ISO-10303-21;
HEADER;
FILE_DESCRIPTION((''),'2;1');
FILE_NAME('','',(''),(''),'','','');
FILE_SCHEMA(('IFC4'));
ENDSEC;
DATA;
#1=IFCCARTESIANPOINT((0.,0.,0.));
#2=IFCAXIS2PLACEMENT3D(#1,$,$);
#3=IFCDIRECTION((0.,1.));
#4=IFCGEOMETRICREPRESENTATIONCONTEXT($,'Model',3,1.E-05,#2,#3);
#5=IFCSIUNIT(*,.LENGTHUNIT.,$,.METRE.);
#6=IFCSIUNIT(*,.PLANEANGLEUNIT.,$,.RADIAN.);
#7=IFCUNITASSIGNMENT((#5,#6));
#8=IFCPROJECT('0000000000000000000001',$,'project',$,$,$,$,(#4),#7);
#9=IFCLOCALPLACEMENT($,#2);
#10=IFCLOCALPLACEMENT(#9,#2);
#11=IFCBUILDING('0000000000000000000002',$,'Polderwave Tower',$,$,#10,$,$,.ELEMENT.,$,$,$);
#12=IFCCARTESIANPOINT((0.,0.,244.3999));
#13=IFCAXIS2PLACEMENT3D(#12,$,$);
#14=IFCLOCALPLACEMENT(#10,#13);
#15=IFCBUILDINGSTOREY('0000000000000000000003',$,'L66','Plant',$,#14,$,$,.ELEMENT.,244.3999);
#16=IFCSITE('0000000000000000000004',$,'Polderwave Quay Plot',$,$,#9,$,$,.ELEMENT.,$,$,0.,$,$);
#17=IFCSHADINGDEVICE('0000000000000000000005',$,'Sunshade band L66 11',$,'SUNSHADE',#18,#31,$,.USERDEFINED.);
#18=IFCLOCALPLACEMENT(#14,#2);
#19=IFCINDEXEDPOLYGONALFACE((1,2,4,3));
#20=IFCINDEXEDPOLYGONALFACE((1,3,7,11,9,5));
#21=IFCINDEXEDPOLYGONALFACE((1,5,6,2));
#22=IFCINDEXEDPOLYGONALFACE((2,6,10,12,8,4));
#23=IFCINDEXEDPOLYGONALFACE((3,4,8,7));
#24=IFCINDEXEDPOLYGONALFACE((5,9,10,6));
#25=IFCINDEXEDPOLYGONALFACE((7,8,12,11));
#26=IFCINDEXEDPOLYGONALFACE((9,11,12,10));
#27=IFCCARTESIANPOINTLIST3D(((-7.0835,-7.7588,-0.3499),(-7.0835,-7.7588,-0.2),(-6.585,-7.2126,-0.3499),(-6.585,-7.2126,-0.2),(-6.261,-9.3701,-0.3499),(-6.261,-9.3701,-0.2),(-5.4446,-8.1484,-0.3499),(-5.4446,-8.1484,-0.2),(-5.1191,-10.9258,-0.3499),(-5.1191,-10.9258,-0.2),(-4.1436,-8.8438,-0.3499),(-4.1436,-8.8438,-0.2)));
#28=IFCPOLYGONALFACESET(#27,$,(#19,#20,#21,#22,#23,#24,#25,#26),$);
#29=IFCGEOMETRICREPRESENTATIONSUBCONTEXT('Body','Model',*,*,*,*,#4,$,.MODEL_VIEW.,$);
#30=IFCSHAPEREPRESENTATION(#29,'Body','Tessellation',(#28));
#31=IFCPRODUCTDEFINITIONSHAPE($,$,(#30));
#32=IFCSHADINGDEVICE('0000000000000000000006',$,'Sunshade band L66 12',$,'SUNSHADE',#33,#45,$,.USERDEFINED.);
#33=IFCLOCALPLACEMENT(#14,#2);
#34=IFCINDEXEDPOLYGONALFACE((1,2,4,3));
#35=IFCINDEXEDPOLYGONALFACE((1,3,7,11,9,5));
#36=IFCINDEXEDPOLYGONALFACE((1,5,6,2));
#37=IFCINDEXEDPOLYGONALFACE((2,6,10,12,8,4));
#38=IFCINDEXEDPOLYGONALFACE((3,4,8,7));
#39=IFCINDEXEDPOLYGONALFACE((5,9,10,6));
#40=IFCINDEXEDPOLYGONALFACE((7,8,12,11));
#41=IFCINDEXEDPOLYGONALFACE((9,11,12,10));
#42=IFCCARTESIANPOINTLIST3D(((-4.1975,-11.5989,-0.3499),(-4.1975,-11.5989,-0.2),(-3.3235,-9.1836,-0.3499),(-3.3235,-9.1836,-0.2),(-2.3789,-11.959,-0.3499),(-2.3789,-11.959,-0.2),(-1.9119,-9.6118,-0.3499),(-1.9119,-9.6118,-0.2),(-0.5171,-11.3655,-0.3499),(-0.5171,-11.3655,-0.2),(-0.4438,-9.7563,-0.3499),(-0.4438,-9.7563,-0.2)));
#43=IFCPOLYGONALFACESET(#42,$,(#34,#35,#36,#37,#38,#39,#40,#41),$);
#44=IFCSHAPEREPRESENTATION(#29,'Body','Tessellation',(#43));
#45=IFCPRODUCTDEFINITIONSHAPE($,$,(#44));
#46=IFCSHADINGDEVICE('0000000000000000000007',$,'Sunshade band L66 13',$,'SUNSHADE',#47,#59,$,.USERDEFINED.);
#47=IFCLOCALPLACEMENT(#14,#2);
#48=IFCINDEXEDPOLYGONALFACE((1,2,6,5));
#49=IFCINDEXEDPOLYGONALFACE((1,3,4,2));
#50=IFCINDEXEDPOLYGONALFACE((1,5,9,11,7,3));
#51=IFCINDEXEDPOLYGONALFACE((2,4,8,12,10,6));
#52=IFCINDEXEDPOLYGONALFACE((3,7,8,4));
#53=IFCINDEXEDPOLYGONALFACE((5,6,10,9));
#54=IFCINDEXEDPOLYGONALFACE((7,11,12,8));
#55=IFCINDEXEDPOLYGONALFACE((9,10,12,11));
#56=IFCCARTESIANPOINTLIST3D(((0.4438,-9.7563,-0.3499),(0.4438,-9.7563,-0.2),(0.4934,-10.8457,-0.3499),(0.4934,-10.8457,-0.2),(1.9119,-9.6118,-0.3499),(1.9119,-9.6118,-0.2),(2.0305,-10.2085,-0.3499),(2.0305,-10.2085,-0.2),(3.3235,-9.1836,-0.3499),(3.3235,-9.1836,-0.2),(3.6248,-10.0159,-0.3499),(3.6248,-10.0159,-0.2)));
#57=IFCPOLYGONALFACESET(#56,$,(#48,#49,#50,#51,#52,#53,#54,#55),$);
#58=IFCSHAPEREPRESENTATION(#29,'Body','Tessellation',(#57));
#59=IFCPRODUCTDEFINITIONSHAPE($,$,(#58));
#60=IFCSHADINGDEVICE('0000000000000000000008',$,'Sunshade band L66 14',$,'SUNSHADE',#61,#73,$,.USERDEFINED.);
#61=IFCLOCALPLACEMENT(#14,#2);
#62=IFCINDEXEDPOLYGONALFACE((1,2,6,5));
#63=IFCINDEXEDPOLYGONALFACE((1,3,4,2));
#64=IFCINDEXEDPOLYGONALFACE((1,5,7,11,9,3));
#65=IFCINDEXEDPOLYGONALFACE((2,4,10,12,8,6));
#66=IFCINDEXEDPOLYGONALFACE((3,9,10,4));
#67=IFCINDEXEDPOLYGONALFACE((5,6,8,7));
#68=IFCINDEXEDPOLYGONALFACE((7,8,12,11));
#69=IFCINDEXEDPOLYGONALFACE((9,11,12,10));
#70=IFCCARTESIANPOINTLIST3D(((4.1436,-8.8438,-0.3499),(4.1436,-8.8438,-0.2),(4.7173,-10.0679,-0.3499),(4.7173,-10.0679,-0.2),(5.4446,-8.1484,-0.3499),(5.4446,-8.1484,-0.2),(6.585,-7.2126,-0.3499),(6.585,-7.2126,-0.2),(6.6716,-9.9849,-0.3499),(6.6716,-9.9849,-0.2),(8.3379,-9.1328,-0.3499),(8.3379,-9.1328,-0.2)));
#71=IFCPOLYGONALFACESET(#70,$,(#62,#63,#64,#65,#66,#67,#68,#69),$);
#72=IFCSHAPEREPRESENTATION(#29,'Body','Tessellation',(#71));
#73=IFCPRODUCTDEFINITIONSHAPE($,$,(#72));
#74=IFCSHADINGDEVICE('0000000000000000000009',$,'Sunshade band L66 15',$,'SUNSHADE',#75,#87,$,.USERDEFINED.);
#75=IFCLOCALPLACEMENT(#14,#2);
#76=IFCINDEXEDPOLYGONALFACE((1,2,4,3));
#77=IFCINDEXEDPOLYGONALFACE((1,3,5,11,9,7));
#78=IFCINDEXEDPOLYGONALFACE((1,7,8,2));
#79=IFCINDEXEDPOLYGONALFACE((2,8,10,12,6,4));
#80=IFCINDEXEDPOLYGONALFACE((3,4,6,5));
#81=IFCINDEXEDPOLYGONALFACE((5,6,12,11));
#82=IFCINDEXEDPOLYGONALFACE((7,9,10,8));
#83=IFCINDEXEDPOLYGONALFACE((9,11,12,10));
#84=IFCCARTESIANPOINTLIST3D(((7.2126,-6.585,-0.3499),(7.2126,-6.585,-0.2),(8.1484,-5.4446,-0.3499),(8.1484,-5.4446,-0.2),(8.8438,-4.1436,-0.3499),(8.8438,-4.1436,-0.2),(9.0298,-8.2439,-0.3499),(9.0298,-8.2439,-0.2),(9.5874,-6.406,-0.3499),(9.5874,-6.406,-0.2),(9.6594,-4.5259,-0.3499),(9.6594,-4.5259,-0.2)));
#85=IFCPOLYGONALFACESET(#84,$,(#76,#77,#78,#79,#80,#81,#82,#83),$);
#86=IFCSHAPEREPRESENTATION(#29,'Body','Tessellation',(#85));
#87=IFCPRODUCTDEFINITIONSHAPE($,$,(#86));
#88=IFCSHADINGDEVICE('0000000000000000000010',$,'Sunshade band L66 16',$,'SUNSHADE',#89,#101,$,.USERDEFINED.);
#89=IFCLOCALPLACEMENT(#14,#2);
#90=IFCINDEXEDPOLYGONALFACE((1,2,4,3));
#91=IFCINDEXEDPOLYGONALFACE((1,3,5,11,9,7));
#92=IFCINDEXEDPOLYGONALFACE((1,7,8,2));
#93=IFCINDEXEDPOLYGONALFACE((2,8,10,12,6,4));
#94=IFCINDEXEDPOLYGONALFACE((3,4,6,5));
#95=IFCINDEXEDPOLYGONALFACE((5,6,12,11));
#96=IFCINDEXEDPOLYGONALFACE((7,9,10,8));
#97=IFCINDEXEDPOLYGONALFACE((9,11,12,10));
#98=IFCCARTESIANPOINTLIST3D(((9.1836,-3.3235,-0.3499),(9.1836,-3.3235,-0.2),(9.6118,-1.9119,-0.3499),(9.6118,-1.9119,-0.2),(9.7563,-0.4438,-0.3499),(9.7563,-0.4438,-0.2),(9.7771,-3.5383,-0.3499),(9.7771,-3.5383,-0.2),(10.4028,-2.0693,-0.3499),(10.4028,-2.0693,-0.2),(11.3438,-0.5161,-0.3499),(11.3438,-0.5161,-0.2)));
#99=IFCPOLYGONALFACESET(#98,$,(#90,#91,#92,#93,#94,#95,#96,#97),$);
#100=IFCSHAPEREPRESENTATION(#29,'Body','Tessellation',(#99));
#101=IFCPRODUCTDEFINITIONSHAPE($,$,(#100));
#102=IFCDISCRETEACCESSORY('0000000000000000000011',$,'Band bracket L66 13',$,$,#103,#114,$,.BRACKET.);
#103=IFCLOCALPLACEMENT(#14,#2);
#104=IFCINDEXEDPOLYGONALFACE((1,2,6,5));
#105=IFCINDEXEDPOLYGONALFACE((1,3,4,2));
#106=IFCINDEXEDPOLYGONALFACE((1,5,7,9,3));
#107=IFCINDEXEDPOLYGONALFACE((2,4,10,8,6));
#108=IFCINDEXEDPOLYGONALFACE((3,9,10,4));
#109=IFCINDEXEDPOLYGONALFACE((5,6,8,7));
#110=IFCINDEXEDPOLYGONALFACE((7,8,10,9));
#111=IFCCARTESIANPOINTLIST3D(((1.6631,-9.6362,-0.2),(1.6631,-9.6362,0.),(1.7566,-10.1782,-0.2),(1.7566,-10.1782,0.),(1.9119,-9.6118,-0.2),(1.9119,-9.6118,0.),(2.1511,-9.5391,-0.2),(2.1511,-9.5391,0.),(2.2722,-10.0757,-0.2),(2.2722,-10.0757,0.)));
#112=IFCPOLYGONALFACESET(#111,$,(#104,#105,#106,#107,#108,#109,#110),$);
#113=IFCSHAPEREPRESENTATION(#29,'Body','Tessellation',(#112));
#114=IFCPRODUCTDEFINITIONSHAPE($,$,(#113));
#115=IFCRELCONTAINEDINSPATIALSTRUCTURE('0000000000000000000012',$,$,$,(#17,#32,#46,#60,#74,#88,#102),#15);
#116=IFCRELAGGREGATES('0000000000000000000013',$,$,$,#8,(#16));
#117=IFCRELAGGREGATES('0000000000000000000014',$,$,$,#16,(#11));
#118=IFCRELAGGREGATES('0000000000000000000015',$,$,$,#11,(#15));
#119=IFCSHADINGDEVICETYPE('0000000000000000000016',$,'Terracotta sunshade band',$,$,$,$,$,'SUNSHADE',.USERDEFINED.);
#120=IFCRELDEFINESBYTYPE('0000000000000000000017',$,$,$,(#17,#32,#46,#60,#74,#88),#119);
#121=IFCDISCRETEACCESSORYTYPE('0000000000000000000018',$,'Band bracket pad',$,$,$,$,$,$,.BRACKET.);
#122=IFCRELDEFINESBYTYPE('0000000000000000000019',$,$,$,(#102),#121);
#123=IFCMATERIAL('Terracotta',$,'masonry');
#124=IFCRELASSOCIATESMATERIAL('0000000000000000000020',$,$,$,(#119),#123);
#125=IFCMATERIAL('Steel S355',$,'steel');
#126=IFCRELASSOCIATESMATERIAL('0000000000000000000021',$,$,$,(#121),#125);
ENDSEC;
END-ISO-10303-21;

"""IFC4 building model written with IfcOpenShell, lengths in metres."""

from ifc_helpers import new_model, si_unit, direction, frame, origin, place, context, subcontext, project, spatial, polyline, outline, extrude, material, type_object, element, save


model = new_model("IFC4")

# Units and contexts
model_context = context("Model", 3, precision=1e-05, world=origin(), true_north=direction((0.0, 1.0)))
body_context = subcontext(model_context, "Body", "Model", "MODEL_VIEW")
ifc_project = project(units=[si_unit("LENGTHUNIT", "METRE"), si_unit("PLANEANGLEUNIT", "RADIAN")], contexts=[model_context])

# Site, building, storey
site_placement = place(None, origin())
site = spatial("IfcSite", under=ifc_project, at=site_placement, Name="Polderwave Quay Plot", CompositionType="ELEMENT", RefElevation=0.0)
building_placement = place(site_placement, origin())
building = spatial("IfcBuilding", under=site, at=building_placement, Name="Polderwave Tower", CompositionType="ELEMENT")
storey_placement = place(building_placement, frame((0.0, 0.0, 244.3999)))
storey = spatial("IfcBuildingStorey", under=building, at=storey_placement, Name="L66", Description="Plant", CompositionType="ELEMENT", Elevation=244.3999)

# Shading devices
ifc_material_1 = material(Name="Terracotta", Category="masonry")
shading_device_type = type_object("IfcShadingDeviceType", Name="Terracotta sunshade band", ElementType="SUNSHADE", PredefinedType="USERDEFINED", material=ifc_material_1)
shading_device_1_placement = place(storey_placement, frame((0.0, 0.0, -0.3499)))
element("IfcShadingDevice", 1, at=shading_device_1_placement, inside=storey, type_object=shading_device_type, Name="Sunshade band L66 11", ObjectType="SUNSHADE", PredefinedType="USERDEFINED", context=body_context, shape_type="SweptSolid", body=[
    extrude(outline(polyline([(-6.585, -7.2126), (-5.4446, -8.1484), (-4.1436, -8.8438), (-5.1191, -10.9258), (-6.261, -9.3701), (-7.0835, -7.7588), (-6.585, -7.2126)])), origin(), (0.0, 0.0, 1.0), 0.1499),
])
shading_device_2_placement = place(storey_placement, frame((0.0, 0.0, -0.3499)))
element("IfcShadingDevice", 2, at=shading_device_2_placement, inside=storey, type_object=shading_device_type, Name="Sunshade band L66 12", ObjectType="SUNSHADE", PredefinedType="USERDEFINED", context=body_context, shape_type="SweptSolid", body=[
    extrude(outline(polyline([(-3.3235, -9.1836), (-1.9119, -9.6118), (-0.4438, -9.7563), (-0.5171, -11.3655), (-2.3789, -11.959), (-4.1975, -11.5989), (-3.3235, -9.1836)])), origin(), (0.0, 0.0, 1.0), 0.1499),
])
shading_device_3_placement = place(storey_placement, frame((0.0, 0.0, -0.3499)))
element("IfcShadingDevice", 3, at=shading_device_3_placement, inside=storey, type_object=shading_device_type, Name="Sunshade band L66 13", ObjectType="SUNSHADE", PredefinedType="USERDEFINED", context=body_context, shape_type="SweptSolid", body=[
    extrude(outline(polyline([(0.4438, -9.7563), (1.9119, -9.6118), (3.3235, -9.1836), (3.6248, -10.0159), (2.0305, -10.2085), (0.4934, -10.8457), (0.4438, -9.7563)])), origin(), (0.0, 0.0, 1.0), 0.1499),
])
shading_device_4_placement = place(storey_placement, frame((0.0, 0.0, -0.3499)))
element("IfcShadingDevice", 4, at=shading_device_4_placement, inside=storey, type_object=shading_device_type, Name="Sunshade band L66 14", ObjectType="SUNSHADE", PredefinedType="USERDEFINED", context=body_context, shape_type="SweptSolid", body=[
    extrude(outline(polyline([(4.1436, -8.8438), (5.4446, -8.1484), (6.585, -7.2126), (8.3379, -9.1328), (6.6716, -9.9849), (4.7173, -10.0679), (4.1436, -8.8438)])), origin(), (0.0, 0.0, 1.0), 0.1499),
])
shading_device_5_placement = place(storey_placement, frame((0.0, 0.0, -0.3499)))
element("IfcShadingDevice", 5, at=shading_device_5_placement, inside=storey, type_object=shading_device_type, Name="Sunshade band L66 15", ObjectType="SUNSHADE", PredefinedType="USERDEFINED", context=body_context, shape_type="SweptSolid", body=[
    extrude(outline(polyline([(7.2126, -6.585), (8.1484, -5.4446), (8.8438, -4.1436), (9.6594, -4.5259), (9.5874, -6.406), (9.0298, -8.2439), (7.2126, -6.585)])), origin(), (0.0, 0.0, 1.0), 0.1499),
])
shading_device_6_placement = place(storey_placement, frame((0.0, 0.0, -0.3499)))
element("IfcShadingDevice", 6, at=shading_device_6_placement, inside=storey, type_object=shading_device_type, Name="Sunshade band L66 16", ObjectType="SUNSHADE", PredefinedType="USERDEFINED", context=body_context, shape_type="SweptSolid", body=[
    extrude(outline(polyline([(9.1836, -3.3235), (9.6118, -1.9119), (9.7563, -0.4438), (11.3438, -0.5161), (10.4028, -2.0693), (9.7771, -3.5383), (9.1836, -3.3235)])), origin(), (0.0, 0.0, 1.0), 0.1499),
])

# Discrete accessory
ifc_material_2 = material(Name="Steel S355", Category="steel")
discrete_accessory_type = type_object("IfcDiscreteAccessoryType", Name="Band bracket pad", PredefinedType="BRACKET", material=ifc_material_2)
discrete_accessory_placement = place(storey_placement, frame((0.0, 0.0, -0.2)))
element("IfcDiscreteAccessory", 7, at=discrete_accessory_placement, inside=storey, type_object=discrete_accessory_type, Name="Band bracket L66 13", PredefinedType="BRACKET", context=body_context, shape_type="SweptSolid", body=[
    extrude(outline(polyline([(1.6631, -9.6362), (1.9119, -9.6118), (2.1511, -9.5391), (2.2722, -10.0757), (1.7566, -10.1782), (1.6631, -9.6362)])), origin(), (0.0, 0.0, 1.0), 0.2),
])

save(model, "model.ifc")
